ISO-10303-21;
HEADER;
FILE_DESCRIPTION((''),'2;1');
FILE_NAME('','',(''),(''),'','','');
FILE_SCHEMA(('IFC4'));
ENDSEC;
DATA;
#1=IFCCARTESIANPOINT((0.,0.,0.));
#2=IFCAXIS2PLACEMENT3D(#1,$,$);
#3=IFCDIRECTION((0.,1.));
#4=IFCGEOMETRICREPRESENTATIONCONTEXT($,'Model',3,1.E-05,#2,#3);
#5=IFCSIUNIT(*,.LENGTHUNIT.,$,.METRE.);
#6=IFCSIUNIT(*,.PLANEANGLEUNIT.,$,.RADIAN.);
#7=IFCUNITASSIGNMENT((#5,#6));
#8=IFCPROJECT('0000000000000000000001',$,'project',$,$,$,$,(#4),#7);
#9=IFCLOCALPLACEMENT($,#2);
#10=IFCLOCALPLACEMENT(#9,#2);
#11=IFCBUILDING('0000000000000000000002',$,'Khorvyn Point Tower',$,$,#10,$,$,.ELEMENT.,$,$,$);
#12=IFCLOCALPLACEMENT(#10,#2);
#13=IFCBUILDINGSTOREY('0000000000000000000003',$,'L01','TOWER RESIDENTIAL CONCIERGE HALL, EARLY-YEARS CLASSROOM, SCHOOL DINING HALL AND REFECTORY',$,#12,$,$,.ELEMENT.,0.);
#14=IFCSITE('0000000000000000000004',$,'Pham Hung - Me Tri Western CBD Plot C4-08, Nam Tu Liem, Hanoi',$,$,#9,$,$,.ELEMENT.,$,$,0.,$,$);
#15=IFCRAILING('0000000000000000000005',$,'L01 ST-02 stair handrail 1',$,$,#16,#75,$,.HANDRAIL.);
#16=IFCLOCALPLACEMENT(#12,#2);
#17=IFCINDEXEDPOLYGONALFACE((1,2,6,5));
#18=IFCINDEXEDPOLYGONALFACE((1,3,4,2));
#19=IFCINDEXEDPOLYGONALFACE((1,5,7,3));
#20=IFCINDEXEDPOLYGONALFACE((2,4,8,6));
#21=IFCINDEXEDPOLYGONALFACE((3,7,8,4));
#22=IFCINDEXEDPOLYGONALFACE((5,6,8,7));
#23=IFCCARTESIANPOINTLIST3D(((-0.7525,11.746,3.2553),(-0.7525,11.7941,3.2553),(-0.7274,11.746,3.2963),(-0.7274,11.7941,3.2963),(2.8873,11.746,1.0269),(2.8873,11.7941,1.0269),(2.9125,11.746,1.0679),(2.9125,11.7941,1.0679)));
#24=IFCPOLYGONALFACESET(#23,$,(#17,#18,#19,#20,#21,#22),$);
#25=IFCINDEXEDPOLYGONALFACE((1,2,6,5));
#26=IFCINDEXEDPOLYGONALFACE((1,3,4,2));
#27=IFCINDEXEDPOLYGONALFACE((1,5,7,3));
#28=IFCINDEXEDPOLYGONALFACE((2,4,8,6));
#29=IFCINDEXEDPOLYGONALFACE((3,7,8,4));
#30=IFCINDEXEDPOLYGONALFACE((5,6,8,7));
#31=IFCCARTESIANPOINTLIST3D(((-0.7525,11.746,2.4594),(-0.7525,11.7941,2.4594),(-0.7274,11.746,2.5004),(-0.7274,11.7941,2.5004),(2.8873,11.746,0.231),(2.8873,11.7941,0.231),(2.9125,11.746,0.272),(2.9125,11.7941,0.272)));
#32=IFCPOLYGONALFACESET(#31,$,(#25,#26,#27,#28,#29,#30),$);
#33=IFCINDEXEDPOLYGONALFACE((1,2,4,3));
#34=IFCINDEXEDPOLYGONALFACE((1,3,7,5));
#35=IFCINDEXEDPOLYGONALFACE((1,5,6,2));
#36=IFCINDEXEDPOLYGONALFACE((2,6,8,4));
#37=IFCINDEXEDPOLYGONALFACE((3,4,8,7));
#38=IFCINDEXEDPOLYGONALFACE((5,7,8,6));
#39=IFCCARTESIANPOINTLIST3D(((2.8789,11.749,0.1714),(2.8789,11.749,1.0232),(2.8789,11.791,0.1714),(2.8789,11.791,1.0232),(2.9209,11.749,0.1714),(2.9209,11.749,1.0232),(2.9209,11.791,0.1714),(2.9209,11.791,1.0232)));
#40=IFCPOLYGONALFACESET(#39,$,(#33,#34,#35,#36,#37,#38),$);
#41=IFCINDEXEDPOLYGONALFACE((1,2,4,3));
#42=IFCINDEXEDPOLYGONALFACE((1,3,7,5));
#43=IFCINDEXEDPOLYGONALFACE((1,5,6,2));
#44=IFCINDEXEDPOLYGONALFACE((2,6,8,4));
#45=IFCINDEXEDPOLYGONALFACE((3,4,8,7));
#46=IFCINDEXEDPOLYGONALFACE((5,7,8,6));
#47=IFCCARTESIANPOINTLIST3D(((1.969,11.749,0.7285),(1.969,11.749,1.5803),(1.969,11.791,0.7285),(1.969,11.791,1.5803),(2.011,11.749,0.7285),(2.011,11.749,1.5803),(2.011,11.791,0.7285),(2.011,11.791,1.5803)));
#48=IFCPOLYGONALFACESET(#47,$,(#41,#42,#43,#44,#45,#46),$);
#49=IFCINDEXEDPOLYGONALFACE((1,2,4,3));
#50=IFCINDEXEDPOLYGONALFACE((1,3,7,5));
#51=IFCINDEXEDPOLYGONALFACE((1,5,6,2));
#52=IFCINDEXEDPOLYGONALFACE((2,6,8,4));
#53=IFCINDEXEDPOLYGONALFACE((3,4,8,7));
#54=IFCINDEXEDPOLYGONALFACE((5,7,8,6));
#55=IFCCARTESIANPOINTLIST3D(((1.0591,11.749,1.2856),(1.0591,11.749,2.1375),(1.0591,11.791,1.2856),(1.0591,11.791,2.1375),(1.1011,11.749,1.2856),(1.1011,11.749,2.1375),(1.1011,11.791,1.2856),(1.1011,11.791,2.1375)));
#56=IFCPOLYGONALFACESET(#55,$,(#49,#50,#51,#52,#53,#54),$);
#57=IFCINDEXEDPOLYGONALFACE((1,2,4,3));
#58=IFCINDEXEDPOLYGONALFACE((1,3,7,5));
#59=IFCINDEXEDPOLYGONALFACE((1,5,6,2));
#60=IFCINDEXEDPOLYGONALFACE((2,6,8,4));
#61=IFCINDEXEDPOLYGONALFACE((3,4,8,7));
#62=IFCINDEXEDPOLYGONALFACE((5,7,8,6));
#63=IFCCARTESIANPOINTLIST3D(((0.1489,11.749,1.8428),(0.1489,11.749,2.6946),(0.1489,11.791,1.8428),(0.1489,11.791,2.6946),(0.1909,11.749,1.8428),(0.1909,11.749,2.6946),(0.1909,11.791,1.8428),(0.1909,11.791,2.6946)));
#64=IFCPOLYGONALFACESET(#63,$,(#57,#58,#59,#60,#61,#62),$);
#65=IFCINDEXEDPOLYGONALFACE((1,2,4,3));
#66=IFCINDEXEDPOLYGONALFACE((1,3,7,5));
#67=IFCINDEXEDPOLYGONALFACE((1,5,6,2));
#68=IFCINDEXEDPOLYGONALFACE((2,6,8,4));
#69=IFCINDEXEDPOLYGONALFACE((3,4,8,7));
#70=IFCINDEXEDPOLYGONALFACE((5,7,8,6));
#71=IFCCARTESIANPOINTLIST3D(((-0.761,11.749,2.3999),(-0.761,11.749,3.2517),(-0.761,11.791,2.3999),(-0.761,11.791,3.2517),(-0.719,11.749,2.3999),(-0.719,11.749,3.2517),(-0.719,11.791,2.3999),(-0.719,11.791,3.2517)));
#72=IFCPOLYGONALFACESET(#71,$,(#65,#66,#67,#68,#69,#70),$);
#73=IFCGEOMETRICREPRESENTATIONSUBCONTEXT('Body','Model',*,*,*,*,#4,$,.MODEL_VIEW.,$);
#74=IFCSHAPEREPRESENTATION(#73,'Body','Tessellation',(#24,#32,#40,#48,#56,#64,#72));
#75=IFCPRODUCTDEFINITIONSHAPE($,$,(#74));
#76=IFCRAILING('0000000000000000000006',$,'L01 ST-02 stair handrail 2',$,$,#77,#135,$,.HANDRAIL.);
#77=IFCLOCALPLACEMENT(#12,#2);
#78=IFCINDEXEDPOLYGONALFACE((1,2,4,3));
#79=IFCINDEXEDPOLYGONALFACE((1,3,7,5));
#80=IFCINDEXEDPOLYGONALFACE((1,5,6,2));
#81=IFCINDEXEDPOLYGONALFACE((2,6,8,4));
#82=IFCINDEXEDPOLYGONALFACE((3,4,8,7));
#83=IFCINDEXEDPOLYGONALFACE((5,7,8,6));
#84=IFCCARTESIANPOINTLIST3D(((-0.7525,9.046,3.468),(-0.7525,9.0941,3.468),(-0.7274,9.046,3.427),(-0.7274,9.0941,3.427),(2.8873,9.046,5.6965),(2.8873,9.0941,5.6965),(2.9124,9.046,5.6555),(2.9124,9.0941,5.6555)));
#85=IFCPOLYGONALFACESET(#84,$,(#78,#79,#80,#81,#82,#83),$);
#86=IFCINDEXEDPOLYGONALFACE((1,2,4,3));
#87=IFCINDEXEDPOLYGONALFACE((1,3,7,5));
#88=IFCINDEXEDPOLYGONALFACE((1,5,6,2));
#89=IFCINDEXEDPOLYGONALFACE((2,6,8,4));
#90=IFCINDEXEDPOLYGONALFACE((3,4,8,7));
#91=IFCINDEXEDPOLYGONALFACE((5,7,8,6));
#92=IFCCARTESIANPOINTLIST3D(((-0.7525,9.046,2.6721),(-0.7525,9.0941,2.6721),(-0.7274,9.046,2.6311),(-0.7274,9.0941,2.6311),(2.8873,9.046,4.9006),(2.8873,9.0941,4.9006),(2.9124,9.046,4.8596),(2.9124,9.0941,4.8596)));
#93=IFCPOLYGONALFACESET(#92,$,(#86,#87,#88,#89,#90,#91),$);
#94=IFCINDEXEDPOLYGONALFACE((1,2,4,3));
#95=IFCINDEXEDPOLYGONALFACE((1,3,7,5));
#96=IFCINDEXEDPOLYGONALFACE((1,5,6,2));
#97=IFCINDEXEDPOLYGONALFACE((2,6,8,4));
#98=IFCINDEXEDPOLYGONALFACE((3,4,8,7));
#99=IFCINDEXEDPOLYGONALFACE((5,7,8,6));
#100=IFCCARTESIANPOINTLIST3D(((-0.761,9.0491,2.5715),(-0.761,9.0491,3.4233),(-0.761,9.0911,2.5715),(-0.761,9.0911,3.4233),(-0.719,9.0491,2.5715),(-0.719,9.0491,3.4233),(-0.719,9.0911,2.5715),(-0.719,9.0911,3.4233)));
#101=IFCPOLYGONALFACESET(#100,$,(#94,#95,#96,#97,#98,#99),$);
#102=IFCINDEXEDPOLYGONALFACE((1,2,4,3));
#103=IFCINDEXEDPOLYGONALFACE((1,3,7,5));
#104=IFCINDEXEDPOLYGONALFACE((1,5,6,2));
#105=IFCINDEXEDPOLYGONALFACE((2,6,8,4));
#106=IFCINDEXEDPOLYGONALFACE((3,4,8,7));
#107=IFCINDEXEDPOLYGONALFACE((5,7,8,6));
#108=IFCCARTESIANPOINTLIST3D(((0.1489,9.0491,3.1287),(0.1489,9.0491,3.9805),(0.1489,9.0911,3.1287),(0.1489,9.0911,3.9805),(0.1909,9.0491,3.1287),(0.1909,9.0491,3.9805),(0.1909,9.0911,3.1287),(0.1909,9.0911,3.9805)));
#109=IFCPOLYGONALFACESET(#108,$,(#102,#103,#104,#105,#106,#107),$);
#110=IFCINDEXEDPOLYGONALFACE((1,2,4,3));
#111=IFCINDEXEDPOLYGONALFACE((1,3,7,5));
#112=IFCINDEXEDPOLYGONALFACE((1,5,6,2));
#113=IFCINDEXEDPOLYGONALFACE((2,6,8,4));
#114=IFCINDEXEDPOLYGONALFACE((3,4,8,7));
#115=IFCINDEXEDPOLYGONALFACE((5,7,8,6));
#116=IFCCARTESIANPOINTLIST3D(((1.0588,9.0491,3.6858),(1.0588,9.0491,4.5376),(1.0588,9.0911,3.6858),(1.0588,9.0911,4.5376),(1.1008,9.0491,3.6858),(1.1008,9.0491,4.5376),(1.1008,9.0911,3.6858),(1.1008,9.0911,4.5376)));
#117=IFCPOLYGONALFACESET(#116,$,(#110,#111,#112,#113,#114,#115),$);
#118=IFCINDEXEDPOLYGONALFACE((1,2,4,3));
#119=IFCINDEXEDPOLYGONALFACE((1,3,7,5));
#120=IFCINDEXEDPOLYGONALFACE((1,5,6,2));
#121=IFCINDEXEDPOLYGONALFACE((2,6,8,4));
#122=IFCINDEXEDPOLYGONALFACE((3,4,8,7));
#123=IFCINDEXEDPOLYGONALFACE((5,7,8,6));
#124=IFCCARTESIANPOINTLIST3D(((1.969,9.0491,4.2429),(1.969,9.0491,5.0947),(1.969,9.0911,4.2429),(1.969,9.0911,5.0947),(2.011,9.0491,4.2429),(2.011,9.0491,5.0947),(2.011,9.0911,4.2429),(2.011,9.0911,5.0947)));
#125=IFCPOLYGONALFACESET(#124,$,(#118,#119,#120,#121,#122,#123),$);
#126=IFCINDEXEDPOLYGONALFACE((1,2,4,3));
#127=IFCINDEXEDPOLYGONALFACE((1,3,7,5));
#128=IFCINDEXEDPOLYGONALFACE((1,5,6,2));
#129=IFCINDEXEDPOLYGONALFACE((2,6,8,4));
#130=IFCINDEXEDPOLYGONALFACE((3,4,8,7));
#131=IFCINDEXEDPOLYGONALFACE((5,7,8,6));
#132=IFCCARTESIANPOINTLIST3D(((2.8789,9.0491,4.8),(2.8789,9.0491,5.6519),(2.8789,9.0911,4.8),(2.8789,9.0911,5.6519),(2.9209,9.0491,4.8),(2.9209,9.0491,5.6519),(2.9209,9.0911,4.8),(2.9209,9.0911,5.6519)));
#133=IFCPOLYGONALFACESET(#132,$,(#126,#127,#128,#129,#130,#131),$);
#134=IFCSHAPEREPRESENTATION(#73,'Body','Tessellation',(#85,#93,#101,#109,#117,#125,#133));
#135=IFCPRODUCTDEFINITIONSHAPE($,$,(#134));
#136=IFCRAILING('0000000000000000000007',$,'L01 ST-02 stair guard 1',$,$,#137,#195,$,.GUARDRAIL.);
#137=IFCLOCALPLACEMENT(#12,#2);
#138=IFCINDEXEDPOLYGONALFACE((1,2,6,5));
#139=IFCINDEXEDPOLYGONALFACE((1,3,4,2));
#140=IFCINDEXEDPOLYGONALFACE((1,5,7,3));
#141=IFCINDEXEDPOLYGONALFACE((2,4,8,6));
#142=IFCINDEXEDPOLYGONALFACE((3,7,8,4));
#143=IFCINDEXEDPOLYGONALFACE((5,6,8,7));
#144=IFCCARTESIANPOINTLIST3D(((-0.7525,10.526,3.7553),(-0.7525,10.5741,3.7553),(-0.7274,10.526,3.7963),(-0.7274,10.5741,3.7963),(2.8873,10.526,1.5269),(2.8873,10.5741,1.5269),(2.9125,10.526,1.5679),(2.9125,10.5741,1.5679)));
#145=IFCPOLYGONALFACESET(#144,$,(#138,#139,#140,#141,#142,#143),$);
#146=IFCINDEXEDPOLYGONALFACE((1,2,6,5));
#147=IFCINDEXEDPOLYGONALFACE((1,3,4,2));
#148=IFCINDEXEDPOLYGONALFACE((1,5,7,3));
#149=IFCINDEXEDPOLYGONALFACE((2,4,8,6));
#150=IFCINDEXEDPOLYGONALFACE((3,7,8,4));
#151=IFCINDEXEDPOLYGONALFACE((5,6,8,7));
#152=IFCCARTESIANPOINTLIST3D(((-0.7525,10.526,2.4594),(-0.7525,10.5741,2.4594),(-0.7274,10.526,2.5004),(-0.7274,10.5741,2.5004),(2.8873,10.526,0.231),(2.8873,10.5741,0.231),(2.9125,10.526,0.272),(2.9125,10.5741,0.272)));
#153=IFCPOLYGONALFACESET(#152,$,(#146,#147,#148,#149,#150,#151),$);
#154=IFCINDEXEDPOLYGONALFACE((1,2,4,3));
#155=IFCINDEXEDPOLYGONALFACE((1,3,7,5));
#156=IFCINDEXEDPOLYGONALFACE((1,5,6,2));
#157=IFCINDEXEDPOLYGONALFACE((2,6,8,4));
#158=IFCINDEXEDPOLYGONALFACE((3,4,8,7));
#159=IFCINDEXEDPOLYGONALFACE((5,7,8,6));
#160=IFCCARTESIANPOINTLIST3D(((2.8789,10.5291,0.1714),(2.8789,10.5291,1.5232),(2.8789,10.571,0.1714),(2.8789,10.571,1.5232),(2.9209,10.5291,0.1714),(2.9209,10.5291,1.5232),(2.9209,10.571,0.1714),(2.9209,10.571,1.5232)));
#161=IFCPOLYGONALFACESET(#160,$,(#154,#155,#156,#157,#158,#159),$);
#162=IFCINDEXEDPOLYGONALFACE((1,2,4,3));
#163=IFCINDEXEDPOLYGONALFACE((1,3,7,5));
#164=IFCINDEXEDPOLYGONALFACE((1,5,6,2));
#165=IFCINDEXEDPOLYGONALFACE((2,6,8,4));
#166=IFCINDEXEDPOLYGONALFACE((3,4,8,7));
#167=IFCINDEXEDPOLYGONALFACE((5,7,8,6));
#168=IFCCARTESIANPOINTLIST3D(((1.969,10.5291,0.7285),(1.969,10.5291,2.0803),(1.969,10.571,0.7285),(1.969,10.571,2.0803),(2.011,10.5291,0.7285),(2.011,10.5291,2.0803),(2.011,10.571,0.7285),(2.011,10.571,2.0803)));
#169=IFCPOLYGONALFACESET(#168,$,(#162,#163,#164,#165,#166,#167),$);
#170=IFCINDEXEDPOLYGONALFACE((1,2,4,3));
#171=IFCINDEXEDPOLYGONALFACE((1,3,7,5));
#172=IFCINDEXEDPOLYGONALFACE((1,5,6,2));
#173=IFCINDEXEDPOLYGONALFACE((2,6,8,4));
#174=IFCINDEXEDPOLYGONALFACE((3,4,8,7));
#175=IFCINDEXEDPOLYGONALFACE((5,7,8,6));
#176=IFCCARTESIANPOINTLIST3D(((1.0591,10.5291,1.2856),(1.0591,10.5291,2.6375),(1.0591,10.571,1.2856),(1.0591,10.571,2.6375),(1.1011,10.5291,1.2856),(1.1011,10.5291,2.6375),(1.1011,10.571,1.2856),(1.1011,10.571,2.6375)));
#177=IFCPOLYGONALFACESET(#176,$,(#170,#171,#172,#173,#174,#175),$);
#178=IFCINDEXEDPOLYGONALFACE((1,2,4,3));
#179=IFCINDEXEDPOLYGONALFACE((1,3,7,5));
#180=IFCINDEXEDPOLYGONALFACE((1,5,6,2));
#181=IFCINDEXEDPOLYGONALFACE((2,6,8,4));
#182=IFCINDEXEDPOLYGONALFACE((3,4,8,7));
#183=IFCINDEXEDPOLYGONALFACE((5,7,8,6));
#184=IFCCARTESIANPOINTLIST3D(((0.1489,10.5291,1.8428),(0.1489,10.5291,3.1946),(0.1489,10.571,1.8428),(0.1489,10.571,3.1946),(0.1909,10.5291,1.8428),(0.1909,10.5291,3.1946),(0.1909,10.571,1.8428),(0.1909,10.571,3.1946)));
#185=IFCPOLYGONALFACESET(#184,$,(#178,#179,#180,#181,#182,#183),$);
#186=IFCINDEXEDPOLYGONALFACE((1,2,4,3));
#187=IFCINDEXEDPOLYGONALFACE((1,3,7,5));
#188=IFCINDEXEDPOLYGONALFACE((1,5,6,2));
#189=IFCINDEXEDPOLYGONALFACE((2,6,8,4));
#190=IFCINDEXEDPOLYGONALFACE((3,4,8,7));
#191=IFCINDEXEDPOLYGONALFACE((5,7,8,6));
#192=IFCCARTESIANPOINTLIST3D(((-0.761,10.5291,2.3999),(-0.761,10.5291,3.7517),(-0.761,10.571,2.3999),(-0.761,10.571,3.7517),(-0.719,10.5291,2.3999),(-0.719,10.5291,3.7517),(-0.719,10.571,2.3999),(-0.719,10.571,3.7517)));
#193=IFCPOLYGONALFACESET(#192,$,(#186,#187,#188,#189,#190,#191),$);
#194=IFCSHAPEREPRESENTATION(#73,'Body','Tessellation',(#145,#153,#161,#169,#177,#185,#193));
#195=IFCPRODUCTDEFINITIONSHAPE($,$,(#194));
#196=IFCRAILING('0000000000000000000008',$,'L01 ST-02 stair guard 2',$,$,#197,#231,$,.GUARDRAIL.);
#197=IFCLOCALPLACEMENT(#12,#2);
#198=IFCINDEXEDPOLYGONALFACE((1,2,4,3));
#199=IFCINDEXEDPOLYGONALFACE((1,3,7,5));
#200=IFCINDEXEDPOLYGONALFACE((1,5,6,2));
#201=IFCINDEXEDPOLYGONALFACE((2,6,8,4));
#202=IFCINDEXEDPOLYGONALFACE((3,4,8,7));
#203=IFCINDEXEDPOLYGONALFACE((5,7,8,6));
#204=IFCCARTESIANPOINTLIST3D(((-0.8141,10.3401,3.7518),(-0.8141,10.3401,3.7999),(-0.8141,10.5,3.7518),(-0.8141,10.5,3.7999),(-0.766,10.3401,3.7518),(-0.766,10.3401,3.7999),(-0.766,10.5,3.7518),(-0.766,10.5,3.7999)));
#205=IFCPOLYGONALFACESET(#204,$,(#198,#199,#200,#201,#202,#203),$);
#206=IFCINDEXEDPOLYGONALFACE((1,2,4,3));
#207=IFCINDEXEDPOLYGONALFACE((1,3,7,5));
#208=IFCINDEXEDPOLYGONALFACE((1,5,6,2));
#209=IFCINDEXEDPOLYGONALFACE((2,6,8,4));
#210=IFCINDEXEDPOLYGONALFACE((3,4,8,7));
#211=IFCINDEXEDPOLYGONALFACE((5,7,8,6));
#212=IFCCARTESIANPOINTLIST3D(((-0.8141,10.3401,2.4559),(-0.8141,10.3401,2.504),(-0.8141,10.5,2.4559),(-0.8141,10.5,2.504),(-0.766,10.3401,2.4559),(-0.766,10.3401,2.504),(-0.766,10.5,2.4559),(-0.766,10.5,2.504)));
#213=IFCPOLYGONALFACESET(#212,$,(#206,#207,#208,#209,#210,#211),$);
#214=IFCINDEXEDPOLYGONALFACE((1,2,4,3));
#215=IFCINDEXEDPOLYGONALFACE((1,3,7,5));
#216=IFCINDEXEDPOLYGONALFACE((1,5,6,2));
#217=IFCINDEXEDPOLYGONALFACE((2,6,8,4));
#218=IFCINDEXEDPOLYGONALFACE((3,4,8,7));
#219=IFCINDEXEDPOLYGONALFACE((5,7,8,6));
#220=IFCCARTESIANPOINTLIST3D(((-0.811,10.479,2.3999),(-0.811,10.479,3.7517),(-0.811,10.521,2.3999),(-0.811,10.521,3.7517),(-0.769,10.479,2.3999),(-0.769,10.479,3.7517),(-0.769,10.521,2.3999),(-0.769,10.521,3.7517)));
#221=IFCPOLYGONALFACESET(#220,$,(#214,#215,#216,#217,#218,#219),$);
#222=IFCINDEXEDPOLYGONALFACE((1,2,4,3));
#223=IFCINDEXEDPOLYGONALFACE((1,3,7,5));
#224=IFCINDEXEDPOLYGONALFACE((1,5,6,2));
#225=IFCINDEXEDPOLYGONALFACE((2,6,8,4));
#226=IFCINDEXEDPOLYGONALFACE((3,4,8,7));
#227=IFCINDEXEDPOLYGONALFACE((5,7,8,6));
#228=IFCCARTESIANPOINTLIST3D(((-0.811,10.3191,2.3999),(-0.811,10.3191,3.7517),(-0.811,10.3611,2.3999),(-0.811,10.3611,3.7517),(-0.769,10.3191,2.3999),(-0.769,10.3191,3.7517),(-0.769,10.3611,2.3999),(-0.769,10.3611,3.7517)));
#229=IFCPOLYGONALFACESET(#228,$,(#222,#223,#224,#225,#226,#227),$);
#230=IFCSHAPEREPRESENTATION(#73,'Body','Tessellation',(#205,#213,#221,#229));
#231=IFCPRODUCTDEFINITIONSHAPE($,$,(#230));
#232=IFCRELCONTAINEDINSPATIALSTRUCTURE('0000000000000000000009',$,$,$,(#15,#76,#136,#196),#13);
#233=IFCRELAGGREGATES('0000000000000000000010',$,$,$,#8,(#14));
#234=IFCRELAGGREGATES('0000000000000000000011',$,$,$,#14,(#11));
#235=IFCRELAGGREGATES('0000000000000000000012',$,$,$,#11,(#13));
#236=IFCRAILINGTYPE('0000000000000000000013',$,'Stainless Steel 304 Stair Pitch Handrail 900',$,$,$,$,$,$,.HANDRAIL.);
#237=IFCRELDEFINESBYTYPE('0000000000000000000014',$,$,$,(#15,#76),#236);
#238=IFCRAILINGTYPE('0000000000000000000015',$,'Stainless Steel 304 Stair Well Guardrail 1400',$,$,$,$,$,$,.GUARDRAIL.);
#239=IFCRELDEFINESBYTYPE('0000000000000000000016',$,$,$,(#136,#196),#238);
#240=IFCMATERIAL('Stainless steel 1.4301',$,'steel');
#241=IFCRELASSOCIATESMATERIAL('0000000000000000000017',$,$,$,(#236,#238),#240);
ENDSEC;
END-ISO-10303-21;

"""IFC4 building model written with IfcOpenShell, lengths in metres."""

from ifc_helpers import new_model, si_unit, direction, frame, origin, origin_2d, place, context, subcontext, project, spatial, rectangle, extrude, material, type_object, element, save


model = new_model("IFC4")

# Units and contexts
model_context = context("Model", 3, precision=1e-05, world=origin(), true_north=direction((0.0, 1.0)))
body_context = subcontext(model_context, "Body", "Model", "MODEL_VIEW")
ifc_project = project(units=[si_unit("LENGTHUNIT", "METRE"), si_unit("PLANEANGLEUNIT", "RADIAN")], contexts=[model_context])

# Site, building, storey
site_placement = place(None, origin())
site = spatial("IfcSite", under=ifc_project, at=site_placement, Name="Pham Hung - Me Tri Western CBD Plot C4-08, Nam Tu Liem, Hanoi", CompositionType="ELEMENT", RefElevation=0.0)
building_placement = place(site_placement, origin())
building = spatial("IfcBuilding", under=site, at=building_placement, Name="Khorvyn Point Tower", CompositionType="ELEMENT")
storey_placement = place(building_placement, origin())
storey = spatial("IfcBuildingStorey", under=building, at=storey_placement, Name="L01", Description="TOWER RESIDENTIAL CONCIERGE HALL, EARLY-YEARS CLASSROOM, SCHOOL DINING HALL AND REFECTORY", CompositionType="ELEMENT", Elevation=0.0)

# Railings
ifc_material_1 = material(Name="Stainless steel 1.4301", Category="steel")
railing_type_1 = type_object("IfcRailingType", Name="Stainless Steel 304 Stair Pitch Handrail 900", PredefinedType="HANDRAIL", material=ifc_material_1)
railing_1_placement = place(storey_placement, frame((2.8999, 11.77, 0.1714)))
element("IfcRailing", 1, at=railing_1_placement, inside=storey, type_object=railing_type_1, Name="L01 ST-02 stair handrail 1", PredefinedType="HANDRAIL", context=body_context, shape_type="SweptSolid", body=[
    extrude(rectangle(XDim=0.0481, YDim=0.0481, at=origin_2d()), frame((0.0, 0.0, 0.876), z_axis=(-0.85285, 0.0, 0.522156), x_axis=(0.0, -1.0, 0.0)), (0.0, 0.0, 1.0), 4.2678),
    extrude(rectangle(XDim=0.0481, YDim=0.0481, at=origin_2d()), frame((0.0, 0.0, 0.0801), z_axis=(-0.85285, 0.0, 0.522156), x_axis=(0.0, -1.0, 0.0)), (0.0, 0.0, 1.0), 4.2678),
    extrude(rectangle(XDim=0.042, YDim=0.042, at=origin_2d()), origin(), (0.0, 0.0, 1.0), 0.8518),
    extrude(rectangle(XDim=0.042, YDim=0.042, at=origin_2d()), frame((-0.9099, 0.0, 0.5571)), (0.0, 0.0, 1.0), 0.8518),
    extrude(rectangle(XDim=0.042, YDim=0.042, at=origin_2d()), frame((-1.8198, 0.0, 1.1143)), (0.0, 0.0, 1.0), 0.8518),
    extrude(rectangle(XDim=0.042, YDim=0.042, at=origin_2d()), frame((-2.73, 0.0, 1.6714)), (0.0, 0.0, 1.0), 0.8518),
    extrude(rectangle(XDim=0.042, YDim=0.042, at=origin_2d()), frame((-3.6399, 0.0, 2.2285)), (0.0, 0.0, 1.0), 0.8518),
])
railing_2_placement = place(storey_placement, frame((-0.74, 9.0701, 2.5715)))
element("IfcRailing", 2, at=railing_2_placement, inside=storey, type_object=railing_type_1, Name="L01 ST-02 stair handrail 2", PredefinedType="HANDRAIL", context=body_context, shape_type="SweptSolid", body=[
    extrude(rectangle(XDim=0.0481, YDim=0.0481, at=origin_2d()), frame((0.0, 0.0, 0.876), z_axis=(0.85285, 0.0, 0.522156), x_axis=(0.0, 1.0, 0.0)), (0.0, 0.0, 1.0), 4.2678),
    extrude(rectangle(XDim=0.0481, YDim=0.0481, at=origin_2d()), frame((0.0, 0.0, 0.0801), z_axis=(0.85285, 0.0, 0.522156), x_axis=(0.0, 1.0, 0.0)), (0.0, 0.0, 1.0), 4.2678),
    extrude(rectangle(XDim=0.042, YDim=0.042, at=origin_2d()), origin(), (0.0, 0.0, 1.0), 0.8518),
    extrude(rectangle(XDim=0.042, YDim=0.042, at=origin_2d()), frame((0.9099, 0.0, 0.5571)), (0.0, 0.0, 1.0), 0.8518),
    extrude(rectangle(XDim=0.042, YDim=0.042, at=origin_2d()), frame((1.8198, 0.0, 1.1143)), (0.0, 0.0, 1.0), 0.8518),
    extrude(rectangle(XDim=0.042, YDim=0.042, at=origin_2d()), frame((2.73, 0.0, 1.6714)), (0.0, 0.0, 1.0), 0.8518),
    extrude(rectangle(XDim=0.042, YDim=0.042, at=origin_2d()), frame((3.6399, 0.0, 2.2285)), (0.0, 0.0, 1.0), 0.8518),
])
railing_type_2 = type_object("IfcRailingType", Name="Stainless Steel 304 Stair Well Guardrail 1400", PredefinedType="GUARDRAIL", material=ifc_material_1)
railing_3_placement = place(storey_placement, frame((2.8999, 10.55, 0.1714)))
element("IfcRailing", 3, at=railing_3_placement, inside=storey, type_object=railing_type_2, Name="L01 ST-02 stair guard 1", PredefinedType="GUARDRAIL", context=body_context, shape_type="SweptSolid", body=[
    extrude(rectangle(XDim=0.0481, YDim=0.0481, at=origin_2d()), frame((0.0, 0.0, 1.376), z_axis=(-0.85285, 0.0, 0.522156), x_axis=(0.0, -1.0, 0.0)), (0.0, 0.0, 1.0), 4.2678),
    extrude(rectangle(XDim=0.0481, YDim=0.0481, at=origin_2d()), frame((0.0, 0.0, 0.0801), z_axis=(-0.85285, 0.0, 0.522156), x_axis=(0.0, -1.0, 0.0)), (0.0, 0.0, 1.0), 4.2678),
    extrude(rectangle(XDim=0.042, YDim=0.042, at=origin_2d()), origin(), (0.0, 0.0, 1.0), 1.3518),
    extrude(rectangle(XDim=0.042, YDim=0.042, at=origin_2d()), frame((-0.9099, 0.0, 0.5571)), (0.0, 0.0, 1.0), 1.3518),
    extrude(rectangle(XDim=0.042, YDim=0.042, at=origin_2d()), frame((-1.8198, 0.0, 1.1143)), (0.0, 0.0, 1.0), 1.3518),
    extrude(rectangle(XDim=0.042, YDim=0.042, at=origin_2d()), frame((-2.73, 0.0, 1.6714)), (0.0, 0.0, 1.0), 1.3518),
    extrude(rectangle(XDim=0.042, YDim=0.042, at=origin_2d()), frame((-3.6399, 0.0, 2.2285)), (0.0, 0.0, 1.0), 1.3518),
])
railing_4_placement = place(storey_placement, frame((-0.79, 10.5, 2.3999)))
element("IfcRailing", 4, at=railing_4_placement, inside=storey, type_object=railing_type_2, Name="L01 ST-02 stair guard 2", PredefinedType="GUARDRAIL", context=body_context, shape_type="SweptSolid", body=[
    extrude(rectangle(XDim=0.0481, YDim=0.0481, at=origin_2d()), frame((0.0, 0.0, 1.376), z_axis=(0.0, -1.0, 0.0), x_axis=(1.0, 0.0, 0.0)), (0.0, 0.0, 1.0), 0.1599),
    extrude(rectangle(XDim=0.0481, YDim=0.0481, at=origin_2d()), frame((0.0, 0.0, 0.0801), z_axis=(0.0, -1.0, 0.0), x_axis=(1.0, 0.0, 0.0)), (0.0, 0.0, 1.0), 0.1599),
    extrude(rectangle(XDim=0.042, YDim=0.042, at=origin_2d()), origin(), (0.0, 0.0, 1.0), 1.3518),
    extrude(rectangle(XDim=0.042, YDim=0.042, at=origin_2d()), frame((0.0, -0.1599, 0.0)), (0.0, 0.0, 1.0), 1.3518),
])

save(model, "model.ifc")
